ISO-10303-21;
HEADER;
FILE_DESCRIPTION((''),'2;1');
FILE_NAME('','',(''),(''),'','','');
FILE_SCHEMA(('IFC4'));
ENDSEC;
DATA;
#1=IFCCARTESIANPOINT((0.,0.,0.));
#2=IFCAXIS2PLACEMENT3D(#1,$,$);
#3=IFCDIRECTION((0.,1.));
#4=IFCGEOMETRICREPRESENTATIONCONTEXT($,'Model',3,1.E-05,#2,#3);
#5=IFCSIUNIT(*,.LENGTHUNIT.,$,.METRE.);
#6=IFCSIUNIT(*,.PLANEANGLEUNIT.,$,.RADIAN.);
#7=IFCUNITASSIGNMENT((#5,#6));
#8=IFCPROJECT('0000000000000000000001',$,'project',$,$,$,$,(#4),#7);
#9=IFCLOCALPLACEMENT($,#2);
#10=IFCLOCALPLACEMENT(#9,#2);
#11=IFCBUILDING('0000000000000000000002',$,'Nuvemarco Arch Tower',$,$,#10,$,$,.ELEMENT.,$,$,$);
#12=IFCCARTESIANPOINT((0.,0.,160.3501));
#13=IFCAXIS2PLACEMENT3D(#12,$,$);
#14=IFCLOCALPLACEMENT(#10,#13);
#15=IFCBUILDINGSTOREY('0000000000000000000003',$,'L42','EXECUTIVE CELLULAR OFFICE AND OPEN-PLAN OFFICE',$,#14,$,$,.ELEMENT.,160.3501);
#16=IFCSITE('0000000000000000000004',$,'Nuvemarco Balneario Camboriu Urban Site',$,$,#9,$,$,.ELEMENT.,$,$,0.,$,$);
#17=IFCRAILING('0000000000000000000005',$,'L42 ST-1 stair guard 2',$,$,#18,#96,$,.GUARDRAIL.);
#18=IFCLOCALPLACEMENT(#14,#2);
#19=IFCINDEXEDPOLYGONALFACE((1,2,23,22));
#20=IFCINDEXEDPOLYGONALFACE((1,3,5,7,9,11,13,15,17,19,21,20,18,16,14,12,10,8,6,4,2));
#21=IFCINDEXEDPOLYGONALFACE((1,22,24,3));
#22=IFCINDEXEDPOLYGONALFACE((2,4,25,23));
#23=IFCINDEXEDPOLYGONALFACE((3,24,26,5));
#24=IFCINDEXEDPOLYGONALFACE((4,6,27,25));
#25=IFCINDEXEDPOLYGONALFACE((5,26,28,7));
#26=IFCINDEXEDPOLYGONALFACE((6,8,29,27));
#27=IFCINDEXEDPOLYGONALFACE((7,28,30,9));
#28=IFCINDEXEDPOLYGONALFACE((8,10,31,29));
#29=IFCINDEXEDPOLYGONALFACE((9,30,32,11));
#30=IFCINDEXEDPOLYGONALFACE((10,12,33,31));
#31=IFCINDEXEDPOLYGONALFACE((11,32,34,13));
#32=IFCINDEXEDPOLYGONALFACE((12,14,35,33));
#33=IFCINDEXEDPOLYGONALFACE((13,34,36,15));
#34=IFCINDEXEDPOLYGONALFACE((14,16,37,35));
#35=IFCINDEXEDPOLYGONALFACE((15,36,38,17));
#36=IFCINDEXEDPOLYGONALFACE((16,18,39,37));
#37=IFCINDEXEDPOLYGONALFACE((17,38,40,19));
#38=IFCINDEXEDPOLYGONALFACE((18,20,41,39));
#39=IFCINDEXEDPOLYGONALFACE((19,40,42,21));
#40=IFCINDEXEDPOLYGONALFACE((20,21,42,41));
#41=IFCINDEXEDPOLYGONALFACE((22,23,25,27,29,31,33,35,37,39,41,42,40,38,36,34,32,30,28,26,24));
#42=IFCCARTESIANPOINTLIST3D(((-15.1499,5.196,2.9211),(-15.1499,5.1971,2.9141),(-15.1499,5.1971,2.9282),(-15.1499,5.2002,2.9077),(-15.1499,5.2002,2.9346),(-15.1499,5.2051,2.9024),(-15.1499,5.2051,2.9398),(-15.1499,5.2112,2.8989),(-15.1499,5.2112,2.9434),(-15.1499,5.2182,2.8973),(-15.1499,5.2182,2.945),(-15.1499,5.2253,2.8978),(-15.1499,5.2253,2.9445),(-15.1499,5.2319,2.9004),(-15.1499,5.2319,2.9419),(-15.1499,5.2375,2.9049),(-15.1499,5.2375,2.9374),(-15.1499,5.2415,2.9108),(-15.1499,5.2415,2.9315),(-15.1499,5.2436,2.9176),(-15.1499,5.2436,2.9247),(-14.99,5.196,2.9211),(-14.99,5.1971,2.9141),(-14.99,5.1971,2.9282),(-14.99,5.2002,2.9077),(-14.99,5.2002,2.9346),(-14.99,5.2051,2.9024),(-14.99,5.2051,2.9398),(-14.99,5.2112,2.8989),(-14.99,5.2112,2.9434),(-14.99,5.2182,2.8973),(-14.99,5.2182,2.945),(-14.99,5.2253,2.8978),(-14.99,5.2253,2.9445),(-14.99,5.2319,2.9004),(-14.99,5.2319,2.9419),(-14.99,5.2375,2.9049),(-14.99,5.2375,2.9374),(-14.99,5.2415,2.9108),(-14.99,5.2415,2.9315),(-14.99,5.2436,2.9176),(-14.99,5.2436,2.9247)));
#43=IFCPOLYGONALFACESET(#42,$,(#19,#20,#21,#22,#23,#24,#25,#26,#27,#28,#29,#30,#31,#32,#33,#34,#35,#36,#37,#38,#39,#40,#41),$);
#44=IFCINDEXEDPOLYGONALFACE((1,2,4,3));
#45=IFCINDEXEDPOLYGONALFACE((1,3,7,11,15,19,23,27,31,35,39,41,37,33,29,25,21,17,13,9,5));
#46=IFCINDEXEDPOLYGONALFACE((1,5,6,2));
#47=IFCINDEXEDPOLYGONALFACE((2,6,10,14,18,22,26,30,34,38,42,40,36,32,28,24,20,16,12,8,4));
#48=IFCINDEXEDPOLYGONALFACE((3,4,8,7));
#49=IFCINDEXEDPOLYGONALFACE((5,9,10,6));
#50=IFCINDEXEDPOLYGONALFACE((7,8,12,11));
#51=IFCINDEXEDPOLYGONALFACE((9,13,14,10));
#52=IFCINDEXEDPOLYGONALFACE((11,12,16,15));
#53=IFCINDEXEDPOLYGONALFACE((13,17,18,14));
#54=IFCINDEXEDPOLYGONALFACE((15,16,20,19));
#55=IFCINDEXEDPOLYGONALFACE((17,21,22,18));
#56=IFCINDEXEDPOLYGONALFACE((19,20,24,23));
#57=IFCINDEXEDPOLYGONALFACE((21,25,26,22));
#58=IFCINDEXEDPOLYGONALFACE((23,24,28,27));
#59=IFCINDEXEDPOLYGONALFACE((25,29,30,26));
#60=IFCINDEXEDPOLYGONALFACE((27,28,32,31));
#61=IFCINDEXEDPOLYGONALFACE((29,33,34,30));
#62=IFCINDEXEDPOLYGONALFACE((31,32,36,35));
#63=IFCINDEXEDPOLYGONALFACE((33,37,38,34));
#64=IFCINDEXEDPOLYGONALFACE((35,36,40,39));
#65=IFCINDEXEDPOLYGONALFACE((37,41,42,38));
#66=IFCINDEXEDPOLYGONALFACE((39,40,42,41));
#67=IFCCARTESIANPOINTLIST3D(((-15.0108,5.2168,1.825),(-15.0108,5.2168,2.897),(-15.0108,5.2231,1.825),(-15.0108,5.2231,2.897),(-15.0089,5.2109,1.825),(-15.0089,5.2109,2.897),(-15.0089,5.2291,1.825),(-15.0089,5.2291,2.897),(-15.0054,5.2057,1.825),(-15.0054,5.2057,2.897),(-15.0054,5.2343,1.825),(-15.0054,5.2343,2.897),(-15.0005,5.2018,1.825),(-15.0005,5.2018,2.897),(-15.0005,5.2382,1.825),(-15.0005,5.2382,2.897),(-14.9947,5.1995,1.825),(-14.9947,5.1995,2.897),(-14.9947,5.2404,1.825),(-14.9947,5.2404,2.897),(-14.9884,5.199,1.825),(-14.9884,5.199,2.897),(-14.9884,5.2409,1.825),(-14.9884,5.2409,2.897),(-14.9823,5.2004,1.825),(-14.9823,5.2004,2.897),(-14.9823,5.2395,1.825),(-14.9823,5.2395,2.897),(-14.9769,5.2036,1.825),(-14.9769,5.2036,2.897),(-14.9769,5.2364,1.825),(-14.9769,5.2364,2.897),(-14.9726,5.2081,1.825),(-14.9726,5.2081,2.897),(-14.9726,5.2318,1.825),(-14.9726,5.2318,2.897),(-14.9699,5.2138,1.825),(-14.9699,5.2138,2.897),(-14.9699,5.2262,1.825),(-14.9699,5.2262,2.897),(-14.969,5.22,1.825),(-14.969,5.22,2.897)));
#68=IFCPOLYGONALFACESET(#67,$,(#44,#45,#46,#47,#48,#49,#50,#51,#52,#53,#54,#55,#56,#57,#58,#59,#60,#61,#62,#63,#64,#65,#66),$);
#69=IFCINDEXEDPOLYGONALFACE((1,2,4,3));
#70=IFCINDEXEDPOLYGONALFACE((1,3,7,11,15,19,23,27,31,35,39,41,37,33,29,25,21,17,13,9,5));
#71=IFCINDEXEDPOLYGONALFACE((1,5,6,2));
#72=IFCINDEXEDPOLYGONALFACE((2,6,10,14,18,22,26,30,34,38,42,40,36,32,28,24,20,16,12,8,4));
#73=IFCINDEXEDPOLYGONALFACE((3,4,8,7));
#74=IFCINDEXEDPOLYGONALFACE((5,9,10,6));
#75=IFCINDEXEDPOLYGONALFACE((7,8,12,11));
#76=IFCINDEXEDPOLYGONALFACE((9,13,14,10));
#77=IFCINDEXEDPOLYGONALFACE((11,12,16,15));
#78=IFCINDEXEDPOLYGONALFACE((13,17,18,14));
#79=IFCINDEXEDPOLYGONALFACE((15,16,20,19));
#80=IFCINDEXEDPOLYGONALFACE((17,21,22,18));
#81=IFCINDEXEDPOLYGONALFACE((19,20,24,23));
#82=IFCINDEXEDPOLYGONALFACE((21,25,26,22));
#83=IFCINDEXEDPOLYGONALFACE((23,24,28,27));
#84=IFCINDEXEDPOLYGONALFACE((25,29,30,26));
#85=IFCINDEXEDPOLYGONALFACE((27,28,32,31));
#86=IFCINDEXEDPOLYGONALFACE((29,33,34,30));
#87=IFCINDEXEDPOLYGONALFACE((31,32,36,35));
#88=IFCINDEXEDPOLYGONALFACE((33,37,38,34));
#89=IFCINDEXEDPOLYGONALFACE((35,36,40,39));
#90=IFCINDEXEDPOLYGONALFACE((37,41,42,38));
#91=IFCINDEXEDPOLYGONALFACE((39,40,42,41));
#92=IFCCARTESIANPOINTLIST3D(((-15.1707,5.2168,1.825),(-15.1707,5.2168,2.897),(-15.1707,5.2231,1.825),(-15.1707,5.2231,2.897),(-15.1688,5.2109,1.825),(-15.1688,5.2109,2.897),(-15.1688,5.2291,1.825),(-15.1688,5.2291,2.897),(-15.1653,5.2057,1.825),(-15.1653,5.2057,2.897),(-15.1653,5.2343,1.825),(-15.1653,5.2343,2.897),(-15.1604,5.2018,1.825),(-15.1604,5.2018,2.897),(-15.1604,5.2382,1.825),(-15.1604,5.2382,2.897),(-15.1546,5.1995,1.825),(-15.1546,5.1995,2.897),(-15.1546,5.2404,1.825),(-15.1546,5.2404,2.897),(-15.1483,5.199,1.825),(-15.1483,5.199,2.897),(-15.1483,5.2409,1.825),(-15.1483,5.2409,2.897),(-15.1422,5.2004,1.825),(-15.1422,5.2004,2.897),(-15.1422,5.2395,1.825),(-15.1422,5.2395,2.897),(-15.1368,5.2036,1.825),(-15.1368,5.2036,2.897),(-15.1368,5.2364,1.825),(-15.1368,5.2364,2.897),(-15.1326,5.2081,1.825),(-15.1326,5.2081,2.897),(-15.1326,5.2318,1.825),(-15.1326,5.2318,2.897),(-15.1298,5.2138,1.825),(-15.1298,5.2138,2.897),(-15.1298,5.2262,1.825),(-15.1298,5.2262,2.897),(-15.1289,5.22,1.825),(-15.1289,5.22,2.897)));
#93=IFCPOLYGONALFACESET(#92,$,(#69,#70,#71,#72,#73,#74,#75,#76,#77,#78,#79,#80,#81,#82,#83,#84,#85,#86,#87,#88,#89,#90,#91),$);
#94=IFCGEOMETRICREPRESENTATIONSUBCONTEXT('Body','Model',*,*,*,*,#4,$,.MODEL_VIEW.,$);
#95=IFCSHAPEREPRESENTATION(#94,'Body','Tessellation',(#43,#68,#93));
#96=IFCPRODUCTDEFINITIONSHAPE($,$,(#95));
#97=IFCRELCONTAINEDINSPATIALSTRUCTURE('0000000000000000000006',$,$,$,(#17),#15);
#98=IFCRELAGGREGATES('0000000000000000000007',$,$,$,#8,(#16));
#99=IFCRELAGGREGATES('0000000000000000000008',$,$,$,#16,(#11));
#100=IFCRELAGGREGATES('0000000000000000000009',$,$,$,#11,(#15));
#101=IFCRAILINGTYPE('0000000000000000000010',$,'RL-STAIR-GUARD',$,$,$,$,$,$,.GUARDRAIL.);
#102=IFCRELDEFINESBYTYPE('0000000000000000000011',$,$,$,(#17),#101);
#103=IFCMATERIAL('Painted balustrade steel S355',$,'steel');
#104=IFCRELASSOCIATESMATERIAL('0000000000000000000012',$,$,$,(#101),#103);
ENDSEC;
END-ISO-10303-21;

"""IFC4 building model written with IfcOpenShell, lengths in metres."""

from ifc_helpers import new_model, si_unit, direction, frame, origin, origin_2d, place, context, subcontext, project, spatial, circle, extrude, material, type_object, element, save


model = new_model("IFC4")

# Units and contexts
model_context = context("Model", 3, precision=1e-05, world=origin(), true_north=direction((0.0, 1.0)))
body_context = subcontext(model_context, "Body", "Model", "MODEL_VIEW")
ifc_project = project(units=[si_unit("LENGTHUNIT", "METRE"), si_unit("PLANEANGLEUNIT", "RADIAN")], contexts=[model_context])

# Site, building, storey
site_placement = place(None, origin())
site = spatial("IfcSite", under=ifc_project, at=site_placement, Name="Nuvemarco Balneario Camboriu Urban Site", CompositionType="ELEMENT", RefElevation=0.0)
building_placement = place(site_placement, origin())
building = spatial("IfcBuilding", under=site, at=building_placement, Name="Nuvemarco Arch Tower", CompositionType="ELEMENT")
storey_placement = place(building_placement, frame((0.0, 0.0, 160.3501)))
storey = spatial("IfcBuildingStorey", under=building, at=storey_placement, Name="L42", Description="EXECUTIVE CELLULAR OFFICE AND OPEN-PLAN OFFICE", CompositionType="ELEMENT", Elevation=160.3501)

# Railing
ifc_material_1 = material(Name="Painted balustrade steel S355", Category="steel")
railing_type_1 = type_object("IfcRailingType", Name="RL-STAIR-GUARD", PredefinedType="GUARDRAIL", material=ifc_material_1)
railing_1_placement = place(storey_placement, frame((-14.99, 5.22, 1.825)))
element("IfcRailing", 1, at=railing_1_placement, inside=storey, type_object=railing_type_1, Name="L42 ST-1 stair guard 2", PredefinedType="GUARDRAIL", context=body_context, shape_type="SweptSolid", body=[
    extrude(circle(Radius=0.0239, at=origin_2d()), frame((0.0, 0.0, 1.0962), z_axis=(-1.0, 0.0, 0.0), x_axis=(0.0, -1.0, 0.0)), (0.0, 0.0, 1.0), 0.1599),
    extrude(circle(Radius=0.021, at=origin_2d()), origin(), (0.0, 0.0, 1.0), 1.072),
    extrude(circle(Radius=0.021, at=origin_2d()), frame((-0.1599, 0.0, 0.0)), (0.0, 0.0, 1.0), 1.072),
])

save(model, "model.ifc")
